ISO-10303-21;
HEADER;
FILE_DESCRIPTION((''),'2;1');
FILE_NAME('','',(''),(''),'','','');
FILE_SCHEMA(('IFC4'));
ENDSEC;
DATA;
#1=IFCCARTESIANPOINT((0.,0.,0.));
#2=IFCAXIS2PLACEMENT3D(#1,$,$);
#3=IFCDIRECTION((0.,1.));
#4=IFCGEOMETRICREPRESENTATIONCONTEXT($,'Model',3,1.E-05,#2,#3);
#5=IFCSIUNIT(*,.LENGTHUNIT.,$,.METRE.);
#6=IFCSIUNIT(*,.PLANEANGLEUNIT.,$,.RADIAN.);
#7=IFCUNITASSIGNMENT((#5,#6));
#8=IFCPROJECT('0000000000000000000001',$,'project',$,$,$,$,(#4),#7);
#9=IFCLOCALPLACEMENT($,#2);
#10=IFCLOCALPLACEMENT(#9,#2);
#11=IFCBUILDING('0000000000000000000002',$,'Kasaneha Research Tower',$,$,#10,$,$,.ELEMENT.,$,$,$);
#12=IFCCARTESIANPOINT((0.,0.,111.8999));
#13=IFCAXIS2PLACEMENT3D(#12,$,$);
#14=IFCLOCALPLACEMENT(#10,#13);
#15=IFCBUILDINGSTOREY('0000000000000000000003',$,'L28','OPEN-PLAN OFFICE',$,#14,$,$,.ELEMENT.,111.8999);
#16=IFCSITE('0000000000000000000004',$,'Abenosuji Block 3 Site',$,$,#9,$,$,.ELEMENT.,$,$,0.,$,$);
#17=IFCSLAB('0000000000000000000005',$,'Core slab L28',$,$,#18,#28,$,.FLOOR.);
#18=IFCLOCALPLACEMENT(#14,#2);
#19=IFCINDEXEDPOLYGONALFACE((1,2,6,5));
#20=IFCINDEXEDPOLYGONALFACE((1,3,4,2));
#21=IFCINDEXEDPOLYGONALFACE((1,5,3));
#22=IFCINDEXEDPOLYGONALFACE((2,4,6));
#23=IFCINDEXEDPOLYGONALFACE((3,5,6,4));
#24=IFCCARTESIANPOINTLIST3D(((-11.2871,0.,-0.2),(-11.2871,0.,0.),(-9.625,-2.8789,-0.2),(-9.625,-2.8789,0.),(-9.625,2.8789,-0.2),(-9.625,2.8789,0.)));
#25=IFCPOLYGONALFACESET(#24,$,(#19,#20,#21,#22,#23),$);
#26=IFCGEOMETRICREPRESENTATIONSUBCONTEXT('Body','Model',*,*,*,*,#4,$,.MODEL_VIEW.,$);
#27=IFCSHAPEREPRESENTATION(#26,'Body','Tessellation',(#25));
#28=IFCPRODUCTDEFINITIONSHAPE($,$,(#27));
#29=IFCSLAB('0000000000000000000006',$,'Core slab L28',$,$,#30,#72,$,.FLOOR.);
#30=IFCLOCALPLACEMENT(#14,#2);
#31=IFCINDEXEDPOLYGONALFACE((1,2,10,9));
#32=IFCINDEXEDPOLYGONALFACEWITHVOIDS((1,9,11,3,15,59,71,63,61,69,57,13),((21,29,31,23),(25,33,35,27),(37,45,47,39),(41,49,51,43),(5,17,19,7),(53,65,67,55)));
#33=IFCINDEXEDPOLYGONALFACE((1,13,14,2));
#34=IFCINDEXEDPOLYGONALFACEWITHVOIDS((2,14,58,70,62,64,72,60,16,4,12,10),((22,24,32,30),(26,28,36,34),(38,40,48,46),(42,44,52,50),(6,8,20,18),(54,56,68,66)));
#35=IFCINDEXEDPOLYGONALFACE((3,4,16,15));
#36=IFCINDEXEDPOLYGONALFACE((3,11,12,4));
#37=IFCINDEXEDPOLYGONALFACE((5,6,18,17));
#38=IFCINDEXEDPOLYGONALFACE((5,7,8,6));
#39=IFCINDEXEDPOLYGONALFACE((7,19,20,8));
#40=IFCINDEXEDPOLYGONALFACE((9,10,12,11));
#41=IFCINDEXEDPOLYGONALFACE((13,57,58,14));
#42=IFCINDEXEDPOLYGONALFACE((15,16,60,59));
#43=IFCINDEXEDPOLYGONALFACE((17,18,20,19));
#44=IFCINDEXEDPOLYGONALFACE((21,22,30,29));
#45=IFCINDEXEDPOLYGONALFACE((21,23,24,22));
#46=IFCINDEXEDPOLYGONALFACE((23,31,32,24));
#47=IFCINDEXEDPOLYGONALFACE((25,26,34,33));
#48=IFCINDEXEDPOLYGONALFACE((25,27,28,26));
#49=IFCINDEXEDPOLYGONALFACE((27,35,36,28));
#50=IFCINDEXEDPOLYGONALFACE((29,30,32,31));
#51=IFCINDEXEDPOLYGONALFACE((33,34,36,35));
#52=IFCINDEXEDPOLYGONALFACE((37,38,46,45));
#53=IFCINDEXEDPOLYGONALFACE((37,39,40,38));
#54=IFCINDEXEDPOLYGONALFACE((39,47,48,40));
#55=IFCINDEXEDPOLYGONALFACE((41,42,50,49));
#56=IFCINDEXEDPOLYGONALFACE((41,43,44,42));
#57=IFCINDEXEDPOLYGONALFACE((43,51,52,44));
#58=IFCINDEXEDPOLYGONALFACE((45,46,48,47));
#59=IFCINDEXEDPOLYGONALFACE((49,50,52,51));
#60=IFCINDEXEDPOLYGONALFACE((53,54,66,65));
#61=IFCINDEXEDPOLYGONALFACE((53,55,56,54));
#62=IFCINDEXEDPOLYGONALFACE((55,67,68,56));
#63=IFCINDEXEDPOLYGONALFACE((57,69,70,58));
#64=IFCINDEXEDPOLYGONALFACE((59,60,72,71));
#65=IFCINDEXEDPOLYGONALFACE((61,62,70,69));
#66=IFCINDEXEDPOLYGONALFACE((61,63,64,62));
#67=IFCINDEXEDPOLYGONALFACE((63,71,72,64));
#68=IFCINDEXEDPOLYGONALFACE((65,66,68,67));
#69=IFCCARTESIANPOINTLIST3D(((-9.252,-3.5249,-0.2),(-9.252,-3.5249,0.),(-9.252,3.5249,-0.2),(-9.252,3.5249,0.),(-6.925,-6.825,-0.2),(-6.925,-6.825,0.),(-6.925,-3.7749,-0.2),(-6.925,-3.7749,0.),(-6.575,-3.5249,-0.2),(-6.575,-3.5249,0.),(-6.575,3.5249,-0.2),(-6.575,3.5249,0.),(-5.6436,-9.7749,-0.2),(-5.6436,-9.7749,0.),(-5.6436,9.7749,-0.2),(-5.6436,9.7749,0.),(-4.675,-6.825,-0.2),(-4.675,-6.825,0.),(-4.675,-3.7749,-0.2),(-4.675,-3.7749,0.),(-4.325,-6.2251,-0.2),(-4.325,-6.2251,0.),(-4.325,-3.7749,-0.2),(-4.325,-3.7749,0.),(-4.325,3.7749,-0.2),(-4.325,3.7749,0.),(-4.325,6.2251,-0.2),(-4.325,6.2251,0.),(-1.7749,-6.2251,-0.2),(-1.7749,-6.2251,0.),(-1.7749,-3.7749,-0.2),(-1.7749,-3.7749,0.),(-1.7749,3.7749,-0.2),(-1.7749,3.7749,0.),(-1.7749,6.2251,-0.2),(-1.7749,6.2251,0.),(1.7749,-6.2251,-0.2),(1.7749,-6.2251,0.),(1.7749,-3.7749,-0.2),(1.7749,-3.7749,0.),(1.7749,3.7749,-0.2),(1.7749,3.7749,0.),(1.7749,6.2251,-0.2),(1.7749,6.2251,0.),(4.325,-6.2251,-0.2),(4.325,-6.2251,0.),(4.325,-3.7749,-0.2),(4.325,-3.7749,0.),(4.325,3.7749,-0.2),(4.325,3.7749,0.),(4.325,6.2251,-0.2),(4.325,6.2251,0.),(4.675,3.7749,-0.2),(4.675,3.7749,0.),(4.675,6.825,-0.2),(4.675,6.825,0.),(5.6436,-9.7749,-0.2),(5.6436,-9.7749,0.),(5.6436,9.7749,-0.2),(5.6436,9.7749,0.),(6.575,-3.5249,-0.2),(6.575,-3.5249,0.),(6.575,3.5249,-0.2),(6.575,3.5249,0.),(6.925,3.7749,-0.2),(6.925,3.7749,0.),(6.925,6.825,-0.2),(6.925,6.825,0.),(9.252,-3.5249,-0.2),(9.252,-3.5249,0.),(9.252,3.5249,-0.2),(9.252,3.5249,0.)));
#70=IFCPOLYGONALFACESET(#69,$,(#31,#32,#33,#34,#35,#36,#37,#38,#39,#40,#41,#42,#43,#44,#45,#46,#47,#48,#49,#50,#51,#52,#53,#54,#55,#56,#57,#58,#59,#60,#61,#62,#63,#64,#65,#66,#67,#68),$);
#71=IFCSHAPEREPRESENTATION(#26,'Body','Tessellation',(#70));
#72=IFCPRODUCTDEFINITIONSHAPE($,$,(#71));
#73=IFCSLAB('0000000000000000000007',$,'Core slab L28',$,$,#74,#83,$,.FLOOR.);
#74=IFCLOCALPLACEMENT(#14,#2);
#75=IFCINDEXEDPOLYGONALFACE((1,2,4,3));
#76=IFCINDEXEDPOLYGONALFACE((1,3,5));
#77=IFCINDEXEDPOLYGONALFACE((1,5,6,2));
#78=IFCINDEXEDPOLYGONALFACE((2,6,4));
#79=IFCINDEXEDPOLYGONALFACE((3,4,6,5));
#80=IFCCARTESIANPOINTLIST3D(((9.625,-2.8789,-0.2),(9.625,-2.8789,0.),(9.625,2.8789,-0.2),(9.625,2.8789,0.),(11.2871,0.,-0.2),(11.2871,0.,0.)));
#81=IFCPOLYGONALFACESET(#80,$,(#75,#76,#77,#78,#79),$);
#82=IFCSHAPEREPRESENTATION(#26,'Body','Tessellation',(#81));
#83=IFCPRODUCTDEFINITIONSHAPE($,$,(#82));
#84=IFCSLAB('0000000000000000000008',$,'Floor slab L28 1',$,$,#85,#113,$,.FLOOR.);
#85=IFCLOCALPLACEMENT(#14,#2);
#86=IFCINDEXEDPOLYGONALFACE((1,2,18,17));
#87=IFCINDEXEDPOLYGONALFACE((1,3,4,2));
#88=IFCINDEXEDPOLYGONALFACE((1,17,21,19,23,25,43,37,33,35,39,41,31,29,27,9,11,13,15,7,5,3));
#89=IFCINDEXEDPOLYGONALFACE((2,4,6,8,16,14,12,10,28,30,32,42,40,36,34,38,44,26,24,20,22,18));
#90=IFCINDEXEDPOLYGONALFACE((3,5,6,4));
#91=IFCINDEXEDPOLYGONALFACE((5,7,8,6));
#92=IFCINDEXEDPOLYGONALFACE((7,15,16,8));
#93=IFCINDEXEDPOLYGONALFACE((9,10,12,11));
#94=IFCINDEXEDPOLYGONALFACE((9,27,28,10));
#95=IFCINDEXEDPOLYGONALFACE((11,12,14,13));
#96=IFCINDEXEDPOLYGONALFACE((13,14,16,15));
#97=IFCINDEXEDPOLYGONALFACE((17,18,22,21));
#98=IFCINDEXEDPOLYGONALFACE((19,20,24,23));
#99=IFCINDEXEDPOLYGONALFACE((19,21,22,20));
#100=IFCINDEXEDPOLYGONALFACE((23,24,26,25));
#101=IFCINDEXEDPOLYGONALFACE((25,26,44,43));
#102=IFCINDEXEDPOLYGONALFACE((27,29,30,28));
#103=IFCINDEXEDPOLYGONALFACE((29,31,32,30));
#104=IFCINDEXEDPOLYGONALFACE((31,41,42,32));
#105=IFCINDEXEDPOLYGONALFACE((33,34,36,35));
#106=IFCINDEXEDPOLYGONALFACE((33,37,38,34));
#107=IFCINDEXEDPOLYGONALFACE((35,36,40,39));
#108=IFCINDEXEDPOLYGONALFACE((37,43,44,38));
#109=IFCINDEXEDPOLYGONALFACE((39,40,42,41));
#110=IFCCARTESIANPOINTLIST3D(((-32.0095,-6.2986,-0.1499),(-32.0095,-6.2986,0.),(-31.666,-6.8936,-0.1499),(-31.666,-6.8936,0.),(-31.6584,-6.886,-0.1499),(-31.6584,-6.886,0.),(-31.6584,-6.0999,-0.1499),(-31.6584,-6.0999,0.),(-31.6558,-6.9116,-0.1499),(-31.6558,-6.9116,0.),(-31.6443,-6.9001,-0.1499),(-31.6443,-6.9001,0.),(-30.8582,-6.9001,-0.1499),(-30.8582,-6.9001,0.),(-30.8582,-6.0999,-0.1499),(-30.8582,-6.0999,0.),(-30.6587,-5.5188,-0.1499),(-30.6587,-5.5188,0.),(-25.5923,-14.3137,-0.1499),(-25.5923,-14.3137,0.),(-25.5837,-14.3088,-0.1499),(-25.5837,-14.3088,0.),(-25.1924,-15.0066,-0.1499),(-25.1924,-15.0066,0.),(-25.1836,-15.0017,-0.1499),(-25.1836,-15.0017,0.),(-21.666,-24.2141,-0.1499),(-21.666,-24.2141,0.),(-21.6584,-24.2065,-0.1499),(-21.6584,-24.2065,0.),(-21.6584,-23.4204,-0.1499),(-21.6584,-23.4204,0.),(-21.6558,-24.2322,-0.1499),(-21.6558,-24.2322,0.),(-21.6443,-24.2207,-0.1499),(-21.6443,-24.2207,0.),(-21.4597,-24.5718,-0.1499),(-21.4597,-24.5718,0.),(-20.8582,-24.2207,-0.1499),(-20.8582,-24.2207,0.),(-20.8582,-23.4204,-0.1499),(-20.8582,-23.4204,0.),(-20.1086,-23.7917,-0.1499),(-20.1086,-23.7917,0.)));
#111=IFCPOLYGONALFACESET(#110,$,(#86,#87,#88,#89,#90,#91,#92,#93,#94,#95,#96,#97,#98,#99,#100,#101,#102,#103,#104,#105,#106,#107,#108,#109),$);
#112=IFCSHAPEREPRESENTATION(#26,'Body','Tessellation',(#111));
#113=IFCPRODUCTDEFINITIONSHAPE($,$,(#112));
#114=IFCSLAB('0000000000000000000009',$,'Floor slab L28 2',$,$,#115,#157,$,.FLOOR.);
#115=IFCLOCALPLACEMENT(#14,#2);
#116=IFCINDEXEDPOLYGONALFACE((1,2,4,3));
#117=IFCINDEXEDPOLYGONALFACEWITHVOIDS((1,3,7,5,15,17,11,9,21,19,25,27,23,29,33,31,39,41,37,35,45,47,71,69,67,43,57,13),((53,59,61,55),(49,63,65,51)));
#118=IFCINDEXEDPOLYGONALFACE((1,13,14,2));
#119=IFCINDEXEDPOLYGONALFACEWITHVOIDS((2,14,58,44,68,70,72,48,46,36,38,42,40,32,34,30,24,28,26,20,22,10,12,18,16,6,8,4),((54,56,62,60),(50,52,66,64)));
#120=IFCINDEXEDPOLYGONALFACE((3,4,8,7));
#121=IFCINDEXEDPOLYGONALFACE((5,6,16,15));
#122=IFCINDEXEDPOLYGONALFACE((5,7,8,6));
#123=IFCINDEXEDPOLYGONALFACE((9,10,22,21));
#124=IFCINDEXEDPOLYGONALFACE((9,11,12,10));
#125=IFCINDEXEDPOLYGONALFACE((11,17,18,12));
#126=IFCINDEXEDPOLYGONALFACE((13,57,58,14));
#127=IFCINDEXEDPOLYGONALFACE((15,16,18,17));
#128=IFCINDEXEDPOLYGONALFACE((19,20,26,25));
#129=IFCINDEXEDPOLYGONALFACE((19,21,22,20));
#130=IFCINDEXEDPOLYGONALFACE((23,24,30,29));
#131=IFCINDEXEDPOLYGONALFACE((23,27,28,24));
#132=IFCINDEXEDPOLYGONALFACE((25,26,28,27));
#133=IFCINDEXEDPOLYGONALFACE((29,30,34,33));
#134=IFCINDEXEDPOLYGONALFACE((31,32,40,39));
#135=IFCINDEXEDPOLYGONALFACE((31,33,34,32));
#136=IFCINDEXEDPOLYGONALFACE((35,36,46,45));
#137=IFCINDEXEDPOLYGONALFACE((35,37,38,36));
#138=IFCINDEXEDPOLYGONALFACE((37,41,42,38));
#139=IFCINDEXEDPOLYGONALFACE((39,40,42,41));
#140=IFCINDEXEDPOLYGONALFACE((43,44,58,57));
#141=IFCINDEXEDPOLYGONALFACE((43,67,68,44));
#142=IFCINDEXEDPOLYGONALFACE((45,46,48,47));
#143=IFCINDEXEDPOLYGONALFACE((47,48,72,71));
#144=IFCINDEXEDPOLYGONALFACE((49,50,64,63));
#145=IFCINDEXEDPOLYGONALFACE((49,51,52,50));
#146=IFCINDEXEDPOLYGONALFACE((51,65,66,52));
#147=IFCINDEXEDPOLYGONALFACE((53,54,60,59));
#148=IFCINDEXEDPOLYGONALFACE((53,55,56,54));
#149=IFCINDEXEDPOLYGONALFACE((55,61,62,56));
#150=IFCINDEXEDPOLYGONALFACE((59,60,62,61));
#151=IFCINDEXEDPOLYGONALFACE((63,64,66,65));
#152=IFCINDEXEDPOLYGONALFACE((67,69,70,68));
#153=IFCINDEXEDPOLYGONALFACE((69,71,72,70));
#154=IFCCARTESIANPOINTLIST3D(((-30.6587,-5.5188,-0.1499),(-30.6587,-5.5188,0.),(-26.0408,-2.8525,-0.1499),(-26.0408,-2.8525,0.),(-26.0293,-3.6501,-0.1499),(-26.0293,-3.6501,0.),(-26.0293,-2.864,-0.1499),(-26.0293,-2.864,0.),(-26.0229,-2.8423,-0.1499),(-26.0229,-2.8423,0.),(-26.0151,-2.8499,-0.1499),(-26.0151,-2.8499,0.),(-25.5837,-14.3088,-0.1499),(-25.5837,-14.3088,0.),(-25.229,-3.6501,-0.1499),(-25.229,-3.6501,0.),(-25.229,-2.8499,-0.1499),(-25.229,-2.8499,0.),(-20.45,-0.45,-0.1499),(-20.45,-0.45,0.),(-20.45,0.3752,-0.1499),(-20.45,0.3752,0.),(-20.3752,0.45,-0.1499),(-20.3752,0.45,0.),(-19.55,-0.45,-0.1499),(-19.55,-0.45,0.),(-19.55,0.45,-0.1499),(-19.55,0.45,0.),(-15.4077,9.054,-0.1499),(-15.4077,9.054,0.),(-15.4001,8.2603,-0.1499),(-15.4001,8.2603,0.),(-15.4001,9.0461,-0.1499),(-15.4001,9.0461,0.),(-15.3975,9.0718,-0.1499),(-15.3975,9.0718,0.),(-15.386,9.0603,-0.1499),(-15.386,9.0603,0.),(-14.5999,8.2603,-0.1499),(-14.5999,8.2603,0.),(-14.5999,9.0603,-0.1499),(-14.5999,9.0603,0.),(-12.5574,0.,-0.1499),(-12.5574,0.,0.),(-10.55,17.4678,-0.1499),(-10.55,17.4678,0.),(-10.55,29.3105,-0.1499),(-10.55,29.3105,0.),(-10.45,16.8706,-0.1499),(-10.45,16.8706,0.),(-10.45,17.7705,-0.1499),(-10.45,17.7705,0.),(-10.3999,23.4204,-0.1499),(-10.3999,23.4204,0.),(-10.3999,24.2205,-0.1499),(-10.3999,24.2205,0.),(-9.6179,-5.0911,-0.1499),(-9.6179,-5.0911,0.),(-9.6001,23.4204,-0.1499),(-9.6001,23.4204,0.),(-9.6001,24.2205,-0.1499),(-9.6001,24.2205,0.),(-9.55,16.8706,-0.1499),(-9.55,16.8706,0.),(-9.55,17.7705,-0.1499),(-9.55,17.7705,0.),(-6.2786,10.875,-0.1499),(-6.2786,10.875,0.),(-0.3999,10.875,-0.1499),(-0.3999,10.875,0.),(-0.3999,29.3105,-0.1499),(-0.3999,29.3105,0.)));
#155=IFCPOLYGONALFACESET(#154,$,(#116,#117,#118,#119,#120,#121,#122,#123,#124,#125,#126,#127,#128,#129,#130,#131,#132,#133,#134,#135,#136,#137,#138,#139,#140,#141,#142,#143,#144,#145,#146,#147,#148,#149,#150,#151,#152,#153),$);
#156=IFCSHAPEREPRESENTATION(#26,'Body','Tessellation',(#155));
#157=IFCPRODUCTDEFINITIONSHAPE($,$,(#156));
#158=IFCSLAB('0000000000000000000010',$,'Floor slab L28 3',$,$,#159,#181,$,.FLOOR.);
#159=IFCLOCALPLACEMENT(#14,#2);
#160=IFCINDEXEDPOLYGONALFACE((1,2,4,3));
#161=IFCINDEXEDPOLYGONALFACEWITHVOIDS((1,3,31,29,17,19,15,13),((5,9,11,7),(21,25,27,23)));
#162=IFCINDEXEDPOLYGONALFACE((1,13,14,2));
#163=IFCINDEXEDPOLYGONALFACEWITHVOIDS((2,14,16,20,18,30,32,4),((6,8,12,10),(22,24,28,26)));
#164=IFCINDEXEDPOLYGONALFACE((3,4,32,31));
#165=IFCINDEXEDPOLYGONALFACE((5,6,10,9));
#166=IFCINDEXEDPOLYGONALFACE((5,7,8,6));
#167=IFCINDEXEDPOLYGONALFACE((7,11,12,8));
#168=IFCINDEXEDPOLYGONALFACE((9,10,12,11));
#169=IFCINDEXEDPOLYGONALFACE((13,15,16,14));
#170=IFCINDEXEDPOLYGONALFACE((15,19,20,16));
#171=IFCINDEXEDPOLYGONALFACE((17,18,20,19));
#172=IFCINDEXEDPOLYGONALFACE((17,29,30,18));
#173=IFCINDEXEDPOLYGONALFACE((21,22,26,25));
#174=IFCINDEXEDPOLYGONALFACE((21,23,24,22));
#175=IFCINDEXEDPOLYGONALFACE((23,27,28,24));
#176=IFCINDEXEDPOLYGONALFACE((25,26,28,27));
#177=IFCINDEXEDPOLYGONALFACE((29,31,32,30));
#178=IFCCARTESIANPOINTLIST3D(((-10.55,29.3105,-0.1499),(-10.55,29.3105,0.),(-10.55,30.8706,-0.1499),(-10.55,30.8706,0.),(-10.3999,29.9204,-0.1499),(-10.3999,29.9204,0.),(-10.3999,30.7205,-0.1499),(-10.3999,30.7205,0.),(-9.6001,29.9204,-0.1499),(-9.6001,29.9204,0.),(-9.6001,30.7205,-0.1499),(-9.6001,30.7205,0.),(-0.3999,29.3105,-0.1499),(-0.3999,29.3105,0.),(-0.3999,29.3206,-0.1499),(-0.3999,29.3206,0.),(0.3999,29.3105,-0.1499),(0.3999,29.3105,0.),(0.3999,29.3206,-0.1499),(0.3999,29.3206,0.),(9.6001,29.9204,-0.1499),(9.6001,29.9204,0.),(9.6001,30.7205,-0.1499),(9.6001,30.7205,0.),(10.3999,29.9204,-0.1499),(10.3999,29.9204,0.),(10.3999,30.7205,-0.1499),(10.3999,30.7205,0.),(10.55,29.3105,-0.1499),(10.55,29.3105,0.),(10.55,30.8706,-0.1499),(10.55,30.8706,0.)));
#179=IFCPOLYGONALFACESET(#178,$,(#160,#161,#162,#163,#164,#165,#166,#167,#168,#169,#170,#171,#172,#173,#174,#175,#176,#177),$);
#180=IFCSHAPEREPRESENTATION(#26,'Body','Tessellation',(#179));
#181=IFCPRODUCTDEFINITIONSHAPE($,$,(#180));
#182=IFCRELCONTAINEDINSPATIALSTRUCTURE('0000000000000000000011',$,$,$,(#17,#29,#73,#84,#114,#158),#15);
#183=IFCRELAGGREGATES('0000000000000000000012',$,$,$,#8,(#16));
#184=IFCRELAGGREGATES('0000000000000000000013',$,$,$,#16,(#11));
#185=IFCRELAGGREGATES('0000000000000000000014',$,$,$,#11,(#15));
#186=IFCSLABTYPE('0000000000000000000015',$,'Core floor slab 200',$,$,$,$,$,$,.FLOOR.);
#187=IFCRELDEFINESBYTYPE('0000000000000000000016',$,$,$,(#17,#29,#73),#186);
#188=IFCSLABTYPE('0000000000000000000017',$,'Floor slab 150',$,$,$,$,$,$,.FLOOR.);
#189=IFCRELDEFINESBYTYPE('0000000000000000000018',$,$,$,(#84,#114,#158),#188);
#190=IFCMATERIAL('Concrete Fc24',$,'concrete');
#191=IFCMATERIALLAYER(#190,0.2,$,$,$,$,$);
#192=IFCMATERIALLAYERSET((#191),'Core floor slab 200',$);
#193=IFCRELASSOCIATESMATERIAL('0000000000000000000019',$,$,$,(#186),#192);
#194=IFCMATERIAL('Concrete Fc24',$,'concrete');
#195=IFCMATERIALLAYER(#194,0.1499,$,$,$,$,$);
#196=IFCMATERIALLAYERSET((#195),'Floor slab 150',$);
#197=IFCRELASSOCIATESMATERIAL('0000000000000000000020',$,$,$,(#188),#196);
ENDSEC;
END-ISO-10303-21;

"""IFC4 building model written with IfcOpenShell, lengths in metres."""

from ifc_helpers import new_model, si_unit, direction, frame, origin, place, context, subcontext, project, spatial, polyline, outline, extrude, material, layer, layer_set, type_object, element, save


model = new_model("IFC4")

# Units and contexts
model_context = context("Model", 3, precision=1e-05, world=origin(), true_north=direction((0.0, 1.0)))
body_context = subcontext(model_context, "Body", "Model", "MODEL_VIEW")
ifc_project = project(units=[si_unit("LENGTHUNIT", "METRE"), si_unit("PLANEANGLEUNIT", "RADIAN")], contexts=[model_context])

# Site, building, storey
site_placement = place(None, origin())
site = spatial("IfcSite", under=ifc_project, at=site_placement, Name="Abenosuji Block 3 Site", CompositionType="ELEMENT", RefElevation=0.0)
building_placement = place(site_placement, origin())
building = spatial("IfcBuilding", under=site, at=building_placement, Name="Kasaneha Research Tower", CompositionType="ELEMENT")
storey_placement = place(building_placement, frame((0.0, 0.0, 111.8999)))
storey = spatial("IfcBuildingStorey", under=building, at=storey_placement, Name="L28", Description="OPEN-PLAN OFFICE", CompositionType="ELEMENT", Elevation=111.8999)

# Slabs
ifc_material_1 = material(Name="Concrete Fc24", Category="concrete")
ifc_layer_1 = layer(ifc_material_1, 0.2)
ifc_layer_set_1 = layer_set([ifc_layer_1], Name="Core floor slab 200")
slab_type_1 = type_object("IfcSlabType", Name="Core floor slab 200", PredefinedType="FLOOR", material=ifc_layer_set_1)
slab_1_placement = place(storey_placement, frame((0.0, 0.0, -0.2)))
element("IfcSlab", 1, at=slab_1_placement, inside=storey, type_object=slab_type_1, Name="Core slab L28", PredefinedType="FLOOR", context=body_context, shape_type="SweptSolid", body=[
    extrude(outline(polyline([(-11.2871, 0.0), (-9.625, 2.8789), (-9.625, -2.8789), (-11.2871, 0.0)])), origin(), (0.0, 0.0, 1.0), 0.2),
])
slab_2_placement = place(storey_placement, frame((0.0, 0.0, -0.2)))
element("IfcSlab", 2, at=slab_2_placement, inside=storey, type_object=slab_type_1, Name="Core slab L28", PredefinedType="FLOOR", context=body_context, shape_type="SweptSolid", body=[
    extrude(outline(polyline([(-5.6436, 9.7749), (5.6436, 9.7749), (9.252, 3.5249), (6.575, 3.5249), (6.575, -3.5249), (9.252, -3.5249), (5.6436, -9.7749), (-5.6436, -9.7749), (-9.252, -3.5249), (-6.575, -3.5249), (-6.575, 3.5249), (-9.252, 3.5249), (-5.6436, 9.7749)]), holes=[polyline([(-6.925, -3.7749), (-6.925, -6.825), (-4.675, -6.825), (-4.675, -3.7749), (-6.925, -3.7749)]), polyline([(-4.325, -3.7749), (-4.325, -6.2251), (-1.7749, -6.2251), (-1.7749, -3.7749), (-4.325, -3.7749)]), polyline([(1.7749, -3.7749), (1.7749, -6.2251), (4.325, -6.2251), (4.325, -3.7749), (1.7749, -3.7749)]), polyline([(-4.325, 6.2251), (-4.325, 3.7749), (-1.7749, 3.7749), (-1.7749, 6.2251), (-4.325, 6.2251)]), polyline([(1.7749, 6.2251), (1.7749, 3.7749), (4.325, 3.7749), (4.325, 6.2251), (1.7749, 6.2251)]), polyline([(4.675, 6.825), (4.675, 3.7749), (6.925, 3.7749), (6.925, 6.825), (4.675, 6.825)])]), origin(), (0.0, 0.0, 1.0), 0.2),
])
slab_3_placement = place(storey_placement, frame((0.0, 0.0, -0.2)))
element("IfcSlab", 3, at=slab_3_placement, inside=storey, type_object=slab_type_1, Name="Core slab L28", PredefinedType="FLOOR", context=body_context, shape_type="SweptSolid", body=[
    extrude(outline(polyline([(11.2871, 0.0), (9.625, -2.8789), (9.625, 2.8789), (11.2871, 0.0)])), origin(), (0.0, 0.0, 1.0), 0.2),
])
ifc_material_2 = material(Name="Concrete Fc24", Category="concrete")
ifc_layer_2 = layer(ifc_material_2, 0.1499)
ifc_layer_set_2 = layer_set([ifc_layer_2], Name="Floor slab 150")
slab_type_2 = type_object("IfcSlabType", Name="Floor slab 150", PredefinedType="FLOOR", material=ifc_layer_set_2)
slab_4_placement = place(storey_placement, frame((0.0, 0.0, -0.1499)))
element("IfcSlab", 4, at=slab_4_placement, inside=storey, type_object=slab_type_2, Name="Floor slab L28 1", PredefinedType="FLOOR", context=body_context, shape_type="SweptSolid", body=[
    extrude(outline(polyline([(-25.1924, -15.0066), (-25.1836, -15.0017), (-20.1086, -23.7917), (-21.4597, -24.5718), (-21.6558, -24.2322), (-21.6443, -24.2207), (-20.8582, -24.2207), (-20.8582, -23.4204), (-21.6584, -23.4204), (-21.6584, -24.2065), (-21.666, -24.2141), (-31.6558, -6.9116), (-31.6443, -6.9001), (-30.8582, -6.9001), (-30.8582, -6.0999), (-31.6584, -6.0999), (-31.6584, -6.886), (-31.666, -6.8936), (-32.0095, -6.2986), (-30.6587, -5.5188), (-25.5837, -14.3088), (-25.5923, -14.3137), (-25.1924, -15.0066)])), origin(), (0.0, 0.0, 1.0), 0.1499),
])
slab_5_placement = place(storey_placement, frame((0.0, 0.0, -0.1499)))
element("IfcSlab", 5, at=slab_5_placement, inside=storey, type_object=slab_type_2, Name="Floor slab L28 2", PredefinedType="FLOOR", context=body_context, shape_type="SweptSolid", body=[
    extrude(outline(polyline([(-20.3752, 0.45), (-15.4077, 9.054), (-15.4001, 9.0461), (-15.4001, 8.2603), (-14.5999, 8.2603), (-14.5999, 9.0603), (-15.386, 9.0603), (-15.3975, 9.0718), (-10.55, 17.4678), (-10.55, 29.3105), (-0.3999, 29.3105), (-0.3999, 10.875), (-6.2786, 10.875), (-12.5574, 0.0), (-9.6179, -5.0911), (-25.5837, -14.3088), (-30.6587, -5.5188), (-26.0408, -2.8525), (-26.0293, -2.864), (-26.0293, -3.6501), (-25.229, -3.6501), (-25.229, -2.8499), (-26.0151, -2.8499), (-26.0229, -2.8423), (-20.45, 0.3752), (-20.45, -0.45), (-19.55, -0.45), (-19.55, 0.45), (-20.3752, 0.45)]), holes=[polyline([(-9.55, 17.7705), (-10.45, 17.7705), (-10.45, 16.8706), (-9.55, 16.8706), (-9.55, 17.7705)]), polyline([(-9.6001, 23.4204), (-9.6001, 24.2205), (-10.3999, 24.2205), (-10.3999, 23.4204), (-9.6001, 23.4204)])]), origin(), (0.0, 0.0, 1.0), 0.1499),
])
slab_6_placement = place(storey_placement, frame((0.0, 0.0, -0.1499)))
element("IfcSlab", 6, at=slab_6_placement, inside=storey, type_object=slab_type_2, Name="Floor slab L28 3", PredefinedType="FLOOR", context=body_context, shape_type="SweptSolid", body=[
    extrude(outline(polyline([(10.55, 29.3105), (0.3999, 29.3105), (0.3999, 29.3206), (-0.3999, 29.3206), (-0.3999, 29.3105), (-10.55, 29.3105), (-10.55, 30.8706), (10.55, 30.8706), (10.55, 29.3105)]), holes=[polyline([(-9.6001, 30.7205), (-10.3999, 30.7205), (-10.3999, 29.9204), (-9.6001, 29.9204), (-9.6001, 30.7205)]), polyline([(10.3999, 29.9204), (10.3999, 30.7205), (9.6001, 30.7205), (9.6001, 29.9204), (10.3999, 29.9204)])]), origin(), (0.0, 0.0, 1.0), 0.1499),
])

save(model, "model.ifc")
